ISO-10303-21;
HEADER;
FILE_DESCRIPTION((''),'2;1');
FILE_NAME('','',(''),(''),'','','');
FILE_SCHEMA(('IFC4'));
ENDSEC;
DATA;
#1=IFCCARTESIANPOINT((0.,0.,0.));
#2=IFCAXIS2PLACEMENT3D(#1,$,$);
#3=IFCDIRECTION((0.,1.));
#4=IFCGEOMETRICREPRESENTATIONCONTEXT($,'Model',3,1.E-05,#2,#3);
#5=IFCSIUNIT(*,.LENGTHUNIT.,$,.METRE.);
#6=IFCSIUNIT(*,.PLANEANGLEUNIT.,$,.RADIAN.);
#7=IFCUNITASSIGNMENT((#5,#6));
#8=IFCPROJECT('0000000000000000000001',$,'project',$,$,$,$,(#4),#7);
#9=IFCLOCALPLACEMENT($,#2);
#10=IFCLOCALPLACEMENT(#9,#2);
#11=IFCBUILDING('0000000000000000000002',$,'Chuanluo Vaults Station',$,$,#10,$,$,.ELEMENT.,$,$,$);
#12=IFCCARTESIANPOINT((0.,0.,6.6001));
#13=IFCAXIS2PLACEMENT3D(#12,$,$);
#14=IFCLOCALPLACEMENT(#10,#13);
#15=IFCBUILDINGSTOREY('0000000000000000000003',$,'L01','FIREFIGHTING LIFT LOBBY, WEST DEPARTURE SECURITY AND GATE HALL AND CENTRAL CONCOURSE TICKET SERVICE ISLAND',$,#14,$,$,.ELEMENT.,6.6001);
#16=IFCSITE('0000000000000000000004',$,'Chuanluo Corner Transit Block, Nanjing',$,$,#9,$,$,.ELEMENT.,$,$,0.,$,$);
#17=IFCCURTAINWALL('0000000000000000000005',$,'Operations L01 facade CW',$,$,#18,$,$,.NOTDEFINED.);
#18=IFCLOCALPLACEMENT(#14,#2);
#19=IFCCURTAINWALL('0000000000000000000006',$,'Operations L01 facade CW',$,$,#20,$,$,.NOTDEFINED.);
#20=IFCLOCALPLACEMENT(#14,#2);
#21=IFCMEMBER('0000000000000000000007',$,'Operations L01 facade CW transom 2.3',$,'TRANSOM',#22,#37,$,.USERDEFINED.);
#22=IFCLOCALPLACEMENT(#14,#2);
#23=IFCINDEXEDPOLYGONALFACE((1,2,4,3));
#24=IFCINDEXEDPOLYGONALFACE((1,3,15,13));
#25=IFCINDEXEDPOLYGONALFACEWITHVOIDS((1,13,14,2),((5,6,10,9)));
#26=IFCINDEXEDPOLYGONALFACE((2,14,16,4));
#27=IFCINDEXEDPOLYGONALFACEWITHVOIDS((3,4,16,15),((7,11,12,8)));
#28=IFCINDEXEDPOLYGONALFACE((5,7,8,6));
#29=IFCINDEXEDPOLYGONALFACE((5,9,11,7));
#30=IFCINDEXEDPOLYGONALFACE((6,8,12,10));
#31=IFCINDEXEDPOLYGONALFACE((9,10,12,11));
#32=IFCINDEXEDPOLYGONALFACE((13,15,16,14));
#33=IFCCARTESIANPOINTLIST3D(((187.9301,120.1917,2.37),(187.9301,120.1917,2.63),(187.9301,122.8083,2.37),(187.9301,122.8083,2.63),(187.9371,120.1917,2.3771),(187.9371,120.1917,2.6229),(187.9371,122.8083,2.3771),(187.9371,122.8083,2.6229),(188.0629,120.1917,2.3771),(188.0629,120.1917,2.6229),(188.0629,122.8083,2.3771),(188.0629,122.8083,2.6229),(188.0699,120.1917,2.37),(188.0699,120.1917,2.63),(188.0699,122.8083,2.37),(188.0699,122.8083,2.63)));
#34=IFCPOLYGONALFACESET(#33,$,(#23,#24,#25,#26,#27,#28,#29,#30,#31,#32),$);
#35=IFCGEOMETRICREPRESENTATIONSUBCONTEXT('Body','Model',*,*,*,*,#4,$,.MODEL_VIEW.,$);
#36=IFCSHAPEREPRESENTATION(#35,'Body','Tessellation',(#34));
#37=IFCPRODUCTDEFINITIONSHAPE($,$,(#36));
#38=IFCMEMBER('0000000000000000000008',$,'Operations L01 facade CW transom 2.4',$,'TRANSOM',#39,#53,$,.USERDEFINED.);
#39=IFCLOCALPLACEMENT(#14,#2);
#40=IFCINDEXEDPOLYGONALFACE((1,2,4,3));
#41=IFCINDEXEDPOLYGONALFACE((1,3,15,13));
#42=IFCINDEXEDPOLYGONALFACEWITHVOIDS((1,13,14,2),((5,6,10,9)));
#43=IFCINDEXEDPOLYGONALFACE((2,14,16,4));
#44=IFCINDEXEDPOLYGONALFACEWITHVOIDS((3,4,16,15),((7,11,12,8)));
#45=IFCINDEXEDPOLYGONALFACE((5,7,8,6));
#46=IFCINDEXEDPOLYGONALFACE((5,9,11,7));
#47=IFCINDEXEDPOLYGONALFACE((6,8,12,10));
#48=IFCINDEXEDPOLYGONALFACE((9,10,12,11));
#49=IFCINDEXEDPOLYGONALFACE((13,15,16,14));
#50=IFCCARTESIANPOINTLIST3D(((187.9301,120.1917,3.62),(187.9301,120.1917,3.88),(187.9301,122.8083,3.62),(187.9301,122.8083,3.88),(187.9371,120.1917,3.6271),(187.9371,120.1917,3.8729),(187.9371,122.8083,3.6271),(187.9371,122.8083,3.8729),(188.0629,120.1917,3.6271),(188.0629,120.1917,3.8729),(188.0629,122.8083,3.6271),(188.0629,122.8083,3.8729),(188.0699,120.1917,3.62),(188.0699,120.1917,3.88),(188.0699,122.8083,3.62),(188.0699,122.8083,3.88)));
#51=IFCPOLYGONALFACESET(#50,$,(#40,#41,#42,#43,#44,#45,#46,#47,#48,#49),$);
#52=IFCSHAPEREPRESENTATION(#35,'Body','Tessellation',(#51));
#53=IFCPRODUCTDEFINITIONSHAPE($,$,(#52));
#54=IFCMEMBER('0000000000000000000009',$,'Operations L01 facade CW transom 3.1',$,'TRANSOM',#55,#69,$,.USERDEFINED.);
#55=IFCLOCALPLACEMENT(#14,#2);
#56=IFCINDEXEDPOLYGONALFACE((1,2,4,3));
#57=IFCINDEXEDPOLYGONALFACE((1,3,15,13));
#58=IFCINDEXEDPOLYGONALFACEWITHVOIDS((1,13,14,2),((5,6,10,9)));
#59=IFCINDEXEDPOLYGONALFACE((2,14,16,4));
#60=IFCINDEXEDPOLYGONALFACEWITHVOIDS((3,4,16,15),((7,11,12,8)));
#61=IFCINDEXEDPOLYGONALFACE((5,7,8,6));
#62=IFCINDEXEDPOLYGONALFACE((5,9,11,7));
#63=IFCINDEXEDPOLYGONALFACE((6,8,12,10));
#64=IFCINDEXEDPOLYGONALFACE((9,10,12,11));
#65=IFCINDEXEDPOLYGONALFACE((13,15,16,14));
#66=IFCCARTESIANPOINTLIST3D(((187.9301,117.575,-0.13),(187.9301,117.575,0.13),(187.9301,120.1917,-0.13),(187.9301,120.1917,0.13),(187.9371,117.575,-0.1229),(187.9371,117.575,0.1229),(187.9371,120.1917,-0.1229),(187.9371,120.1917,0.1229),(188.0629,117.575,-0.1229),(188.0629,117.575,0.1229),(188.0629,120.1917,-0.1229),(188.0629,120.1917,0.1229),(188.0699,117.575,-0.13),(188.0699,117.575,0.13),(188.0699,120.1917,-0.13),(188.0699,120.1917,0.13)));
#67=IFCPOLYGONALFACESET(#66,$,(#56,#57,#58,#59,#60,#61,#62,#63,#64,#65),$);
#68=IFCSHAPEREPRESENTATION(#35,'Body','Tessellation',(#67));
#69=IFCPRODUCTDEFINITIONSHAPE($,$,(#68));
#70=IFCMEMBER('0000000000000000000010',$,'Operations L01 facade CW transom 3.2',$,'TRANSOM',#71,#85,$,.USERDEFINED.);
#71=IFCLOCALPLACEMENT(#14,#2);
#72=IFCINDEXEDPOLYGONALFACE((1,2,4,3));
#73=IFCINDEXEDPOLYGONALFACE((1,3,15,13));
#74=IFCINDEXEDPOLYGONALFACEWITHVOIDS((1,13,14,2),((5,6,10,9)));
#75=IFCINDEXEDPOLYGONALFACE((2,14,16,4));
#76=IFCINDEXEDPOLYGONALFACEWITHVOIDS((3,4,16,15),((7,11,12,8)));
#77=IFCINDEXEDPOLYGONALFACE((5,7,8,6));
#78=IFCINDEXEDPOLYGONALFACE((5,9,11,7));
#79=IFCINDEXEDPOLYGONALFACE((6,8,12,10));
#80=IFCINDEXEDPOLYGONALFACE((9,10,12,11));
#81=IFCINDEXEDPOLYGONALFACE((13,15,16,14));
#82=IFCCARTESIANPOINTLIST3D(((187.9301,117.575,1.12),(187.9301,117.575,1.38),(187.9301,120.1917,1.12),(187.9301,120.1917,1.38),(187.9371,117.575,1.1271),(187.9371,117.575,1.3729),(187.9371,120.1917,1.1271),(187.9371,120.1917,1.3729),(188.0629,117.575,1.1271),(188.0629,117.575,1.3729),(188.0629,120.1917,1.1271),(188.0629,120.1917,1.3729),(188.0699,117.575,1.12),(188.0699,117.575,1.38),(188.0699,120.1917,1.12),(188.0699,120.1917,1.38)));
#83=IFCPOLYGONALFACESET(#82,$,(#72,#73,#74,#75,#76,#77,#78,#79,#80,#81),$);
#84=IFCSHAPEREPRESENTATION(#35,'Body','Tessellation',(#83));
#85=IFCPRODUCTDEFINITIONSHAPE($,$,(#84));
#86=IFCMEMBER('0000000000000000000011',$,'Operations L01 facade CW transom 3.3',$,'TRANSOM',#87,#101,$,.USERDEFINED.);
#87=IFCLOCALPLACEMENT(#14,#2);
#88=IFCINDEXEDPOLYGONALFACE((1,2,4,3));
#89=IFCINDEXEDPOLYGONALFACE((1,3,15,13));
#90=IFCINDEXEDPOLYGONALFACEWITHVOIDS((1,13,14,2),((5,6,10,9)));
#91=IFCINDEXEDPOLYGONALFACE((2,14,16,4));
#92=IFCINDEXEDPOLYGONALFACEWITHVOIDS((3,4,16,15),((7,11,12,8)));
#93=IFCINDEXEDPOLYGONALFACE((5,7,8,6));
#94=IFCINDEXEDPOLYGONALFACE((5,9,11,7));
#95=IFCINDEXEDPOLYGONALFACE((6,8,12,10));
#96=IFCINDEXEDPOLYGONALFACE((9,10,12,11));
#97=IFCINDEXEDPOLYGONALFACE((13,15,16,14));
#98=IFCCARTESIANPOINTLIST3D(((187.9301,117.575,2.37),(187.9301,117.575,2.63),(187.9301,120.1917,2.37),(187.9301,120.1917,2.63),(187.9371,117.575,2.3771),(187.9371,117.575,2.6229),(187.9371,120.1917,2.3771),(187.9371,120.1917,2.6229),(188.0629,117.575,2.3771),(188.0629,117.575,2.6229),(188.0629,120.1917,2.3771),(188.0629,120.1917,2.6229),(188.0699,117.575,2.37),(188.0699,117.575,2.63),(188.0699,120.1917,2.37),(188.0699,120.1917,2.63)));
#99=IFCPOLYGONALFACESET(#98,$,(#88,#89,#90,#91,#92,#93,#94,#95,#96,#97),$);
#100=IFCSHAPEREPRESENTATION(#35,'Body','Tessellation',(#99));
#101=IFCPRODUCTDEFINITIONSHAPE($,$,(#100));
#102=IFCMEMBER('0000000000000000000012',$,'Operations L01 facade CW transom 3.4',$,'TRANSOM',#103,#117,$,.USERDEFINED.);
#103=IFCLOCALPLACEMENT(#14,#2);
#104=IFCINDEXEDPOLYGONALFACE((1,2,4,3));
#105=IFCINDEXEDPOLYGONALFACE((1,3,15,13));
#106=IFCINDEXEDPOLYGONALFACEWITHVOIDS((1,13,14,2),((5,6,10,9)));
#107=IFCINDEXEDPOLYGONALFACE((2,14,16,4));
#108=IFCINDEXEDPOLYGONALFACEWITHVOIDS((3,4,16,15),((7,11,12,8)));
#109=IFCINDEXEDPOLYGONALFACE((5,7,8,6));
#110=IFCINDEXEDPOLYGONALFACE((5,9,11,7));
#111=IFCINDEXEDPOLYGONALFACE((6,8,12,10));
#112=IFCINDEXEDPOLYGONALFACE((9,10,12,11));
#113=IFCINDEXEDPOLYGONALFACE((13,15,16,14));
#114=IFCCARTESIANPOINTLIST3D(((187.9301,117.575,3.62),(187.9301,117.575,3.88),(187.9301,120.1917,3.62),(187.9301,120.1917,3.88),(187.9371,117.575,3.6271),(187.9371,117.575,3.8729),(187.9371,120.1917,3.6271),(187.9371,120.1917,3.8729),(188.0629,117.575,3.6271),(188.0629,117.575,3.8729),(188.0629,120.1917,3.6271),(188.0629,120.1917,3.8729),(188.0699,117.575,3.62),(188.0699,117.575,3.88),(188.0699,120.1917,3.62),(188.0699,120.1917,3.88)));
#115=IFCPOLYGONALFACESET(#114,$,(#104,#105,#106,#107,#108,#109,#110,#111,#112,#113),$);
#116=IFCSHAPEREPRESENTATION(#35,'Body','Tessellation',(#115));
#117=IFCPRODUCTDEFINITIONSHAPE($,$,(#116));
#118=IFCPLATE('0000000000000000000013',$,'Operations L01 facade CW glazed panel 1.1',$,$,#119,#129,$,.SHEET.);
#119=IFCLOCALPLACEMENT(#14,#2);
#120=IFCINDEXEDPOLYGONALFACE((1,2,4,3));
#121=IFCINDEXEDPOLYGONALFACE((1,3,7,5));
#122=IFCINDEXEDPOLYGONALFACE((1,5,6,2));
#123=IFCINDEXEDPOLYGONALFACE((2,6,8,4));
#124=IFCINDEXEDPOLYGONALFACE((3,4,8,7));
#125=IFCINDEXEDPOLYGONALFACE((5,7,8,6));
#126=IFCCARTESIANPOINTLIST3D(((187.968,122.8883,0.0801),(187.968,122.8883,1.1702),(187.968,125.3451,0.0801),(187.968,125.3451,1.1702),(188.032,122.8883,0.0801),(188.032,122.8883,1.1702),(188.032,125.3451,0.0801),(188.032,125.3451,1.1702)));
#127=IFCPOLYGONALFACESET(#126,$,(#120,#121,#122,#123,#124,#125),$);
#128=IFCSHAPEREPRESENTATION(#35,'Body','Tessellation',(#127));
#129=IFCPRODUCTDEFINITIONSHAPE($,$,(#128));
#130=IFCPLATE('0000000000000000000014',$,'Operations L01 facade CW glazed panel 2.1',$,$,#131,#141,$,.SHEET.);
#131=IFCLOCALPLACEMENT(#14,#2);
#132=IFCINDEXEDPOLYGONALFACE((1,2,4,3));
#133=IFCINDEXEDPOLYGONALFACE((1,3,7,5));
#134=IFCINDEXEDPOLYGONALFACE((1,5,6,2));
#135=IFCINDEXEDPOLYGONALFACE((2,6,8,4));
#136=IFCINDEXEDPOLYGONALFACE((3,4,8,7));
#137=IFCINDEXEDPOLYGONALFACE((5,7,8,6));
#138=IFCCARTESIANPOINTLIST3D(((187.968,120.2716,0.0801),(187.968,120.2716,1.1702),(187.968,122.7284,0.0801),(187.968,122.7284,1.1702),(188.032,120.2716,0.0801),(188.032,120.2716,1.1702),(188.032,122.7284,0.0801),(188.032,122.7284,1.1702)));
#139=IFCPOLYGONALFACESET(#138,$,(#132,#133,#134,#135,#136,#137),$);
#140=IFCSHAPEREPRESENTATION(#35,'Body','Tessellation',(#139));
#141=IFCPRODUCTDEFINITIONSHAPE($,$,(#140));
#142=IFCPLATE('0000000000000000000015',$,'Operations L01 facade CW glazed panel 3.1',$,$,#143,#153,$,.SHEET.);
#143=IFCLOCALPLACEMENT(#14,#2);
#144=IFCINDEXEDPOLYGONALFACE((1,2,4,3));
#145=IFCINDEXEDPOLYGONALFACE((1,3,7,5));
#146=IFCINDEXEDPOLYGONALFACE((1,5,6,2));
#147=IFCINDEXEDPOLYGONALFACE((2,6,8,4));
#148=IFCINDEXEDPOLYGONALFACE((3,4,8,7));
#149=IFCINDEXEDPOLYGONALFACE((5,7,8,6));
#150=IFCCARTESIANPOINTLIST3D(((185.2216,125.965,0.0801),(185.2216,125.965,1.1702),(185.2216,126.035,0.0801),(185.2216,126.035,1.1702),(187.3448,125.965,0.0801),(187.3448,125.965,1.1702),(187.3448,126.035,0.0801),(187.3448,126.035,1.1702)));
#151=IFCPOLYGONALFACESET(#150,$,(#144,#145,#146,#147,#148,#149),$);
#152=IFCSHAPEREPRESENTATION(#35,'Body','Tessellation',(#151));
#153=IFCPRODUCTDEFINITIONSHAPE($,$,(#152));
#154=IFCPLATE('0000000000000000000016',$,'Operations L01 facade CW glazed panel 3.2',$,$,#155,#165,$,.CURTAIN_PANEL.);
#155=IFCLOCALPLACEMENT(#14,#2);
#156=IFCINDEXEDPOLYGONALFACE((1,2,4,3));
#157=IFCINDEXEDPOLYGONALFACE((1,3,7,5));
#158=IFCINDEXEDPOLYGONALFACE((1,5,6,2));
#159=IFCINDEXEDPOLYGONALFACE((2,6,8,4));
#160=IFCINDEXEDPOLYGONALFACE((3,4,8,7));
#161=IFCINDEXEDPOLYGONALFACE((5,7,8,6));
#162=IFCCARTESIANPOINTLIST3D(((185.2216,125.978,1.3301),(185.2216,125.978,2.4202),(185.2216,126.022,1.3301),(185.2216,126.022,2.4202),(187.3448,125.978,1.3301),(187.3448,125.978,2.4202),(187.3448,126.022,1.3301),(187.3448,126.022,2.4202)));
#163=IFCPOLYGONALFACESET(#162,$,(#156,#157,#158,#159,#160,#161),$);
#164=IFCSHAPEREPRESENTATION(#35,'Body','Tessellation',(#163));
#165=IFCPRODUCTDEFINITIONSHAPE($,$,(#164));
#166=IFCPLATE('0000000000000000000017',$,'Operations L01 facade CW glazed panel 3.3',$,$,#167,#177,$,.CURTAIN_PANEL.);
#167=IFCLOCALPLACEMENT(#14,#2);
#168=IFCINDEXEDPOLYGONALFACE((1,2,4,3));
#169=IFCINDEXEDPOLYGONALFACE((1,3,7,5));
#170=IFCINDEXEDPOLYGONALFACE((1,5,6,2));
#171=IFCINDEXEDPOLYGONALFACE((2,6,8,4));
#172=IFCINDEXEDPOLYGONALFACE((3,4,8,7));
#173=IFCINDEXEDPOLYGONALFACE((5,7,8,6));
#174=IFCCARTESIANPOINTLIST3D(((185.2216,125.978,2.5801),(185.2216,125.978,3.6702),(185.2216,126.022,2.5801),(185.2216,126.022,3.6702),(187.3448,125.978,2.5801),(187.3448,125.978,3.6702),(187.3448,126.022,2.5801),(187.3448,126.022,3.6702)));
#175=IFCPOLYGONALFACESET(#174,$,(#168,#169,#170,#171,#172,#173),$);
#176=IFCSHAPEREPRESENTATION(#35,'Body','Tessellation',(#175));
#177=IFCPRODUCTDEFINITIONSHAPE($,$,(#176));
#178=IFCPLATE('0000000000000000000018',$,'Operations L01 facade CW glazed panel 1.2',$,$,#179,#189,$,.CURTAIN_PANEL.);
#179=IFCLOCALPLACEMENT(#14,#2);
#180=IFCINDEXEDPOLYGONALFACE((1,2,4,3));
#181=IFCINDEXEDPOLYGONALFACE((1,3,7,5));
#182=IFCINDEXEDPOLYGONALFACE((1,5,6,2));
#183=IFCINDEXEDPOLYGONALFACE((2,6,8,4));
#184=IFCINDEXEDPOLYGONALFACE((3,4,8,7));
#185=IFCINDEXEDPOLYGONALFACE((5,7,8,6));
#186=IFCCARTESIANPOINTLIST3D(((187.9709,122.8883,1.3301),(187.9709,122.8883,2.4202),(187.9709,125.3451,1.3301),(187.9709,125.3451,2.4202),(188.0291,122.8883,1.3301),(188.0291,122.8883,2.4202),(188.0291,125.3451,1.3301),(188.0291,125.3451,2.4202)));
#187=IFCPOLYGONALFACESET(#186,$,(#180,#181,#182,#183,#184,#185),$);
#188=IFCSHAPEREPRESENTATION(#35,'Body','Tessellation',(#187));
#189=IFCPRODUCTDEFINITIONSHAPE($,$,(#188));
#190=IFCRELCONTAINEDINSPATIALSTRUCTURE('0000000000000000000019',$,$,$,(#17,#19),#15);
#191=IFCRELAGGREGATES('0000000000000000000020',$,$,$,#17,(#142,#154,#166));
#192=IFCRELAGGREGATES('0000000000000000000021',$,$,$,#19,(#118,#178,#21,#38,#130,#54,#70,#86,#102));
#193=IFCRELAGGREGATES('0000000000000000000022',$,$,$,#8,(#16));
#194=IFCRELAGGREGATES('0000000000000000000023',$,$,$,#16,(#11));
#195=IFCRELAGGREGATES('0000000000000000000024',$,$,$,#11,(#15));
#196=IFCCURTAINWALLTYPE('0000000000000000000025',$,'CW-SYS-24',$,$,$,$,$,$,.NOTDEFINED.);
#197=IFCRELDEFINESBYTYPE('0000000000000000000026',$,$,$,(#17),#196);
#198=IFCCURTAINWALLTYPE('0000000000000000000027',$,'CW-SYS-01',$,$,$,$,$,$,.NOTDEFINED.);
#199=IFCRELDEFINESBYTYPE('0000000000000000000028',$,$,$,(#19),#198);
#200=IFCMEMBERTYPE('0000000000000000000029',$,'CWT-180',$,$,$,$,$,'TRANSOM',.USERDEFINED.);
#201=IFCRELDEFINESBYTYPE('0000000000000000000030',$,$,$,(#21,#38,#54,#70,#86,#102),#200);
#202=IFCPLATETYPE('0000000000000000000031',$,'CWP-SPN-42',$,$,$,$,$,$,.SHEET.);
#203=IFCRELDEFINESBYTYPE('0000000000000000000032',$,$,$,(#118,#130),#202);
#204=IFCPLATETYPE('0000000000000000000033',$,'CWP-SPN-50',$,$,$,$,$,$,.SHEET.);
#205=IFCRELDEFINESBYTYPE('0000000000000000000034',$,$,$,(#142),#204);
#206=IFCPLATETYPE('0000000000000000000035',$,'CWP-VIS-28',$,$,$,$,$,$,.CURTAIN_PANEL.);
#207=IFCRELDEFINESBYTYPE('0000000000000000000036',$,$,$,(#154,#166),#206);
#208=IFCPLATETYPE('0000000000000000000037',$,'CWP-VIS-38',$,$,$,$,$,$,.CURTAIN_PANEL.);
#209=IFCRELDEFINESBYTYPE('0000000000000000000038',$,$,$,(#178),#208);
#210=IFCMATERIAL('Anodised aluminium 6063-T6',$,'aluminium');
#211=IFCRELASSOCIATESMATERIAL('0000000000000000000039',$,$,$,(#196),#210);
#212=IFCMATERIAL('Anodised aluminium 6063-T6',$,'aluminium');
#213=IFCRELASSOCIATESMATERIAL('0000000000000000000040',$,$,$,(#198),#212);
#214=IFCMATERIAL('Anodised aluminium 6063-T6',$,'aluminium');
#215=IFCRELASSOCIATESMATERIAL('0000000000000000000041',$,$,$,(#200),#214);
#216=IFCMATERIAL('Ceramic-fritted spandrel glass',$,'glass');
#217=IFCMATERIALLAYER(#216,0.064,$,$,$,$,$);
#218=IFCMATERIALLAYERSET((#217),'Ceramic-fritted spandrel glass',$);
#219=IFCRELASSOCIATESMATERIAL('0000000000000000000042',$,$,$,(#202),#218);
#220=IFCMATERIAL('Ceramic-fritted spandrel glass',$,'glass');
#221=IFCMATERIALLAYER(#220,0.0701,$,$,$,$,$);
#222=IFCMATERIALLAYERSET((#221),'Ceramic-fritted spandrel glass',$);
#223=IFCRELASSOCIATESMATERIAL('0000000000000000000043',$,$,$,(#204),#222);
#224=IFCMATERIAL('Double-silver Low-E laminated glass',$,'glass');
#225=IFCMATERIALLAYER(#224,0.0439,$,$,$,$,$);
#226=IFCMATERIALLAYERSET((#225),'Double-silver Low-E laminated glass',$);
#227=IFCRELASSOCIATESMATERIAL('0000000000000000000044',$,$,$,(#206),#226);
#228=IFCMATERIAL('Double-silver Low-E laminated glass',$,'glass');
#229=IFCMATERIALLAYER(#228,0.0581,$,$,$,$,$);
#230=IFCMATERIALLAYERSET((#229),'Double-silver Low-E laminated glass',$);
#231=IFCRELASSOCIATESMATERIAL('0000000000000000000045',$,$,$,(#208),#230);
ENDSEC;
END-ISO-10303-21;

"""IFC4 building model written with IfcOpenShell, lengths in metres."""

from ifc_helpers import new_model, si_unit, direction, frame, origin, origin_2d, place, context, subcontext, project, spatial, rectangle, hollow_rectangle, extrude, material, layer, layer_set, material_profile, profile_set, type_object, element, aggregate, save


model = new_model("IFC4")

# Units and contexts
model_context = context("Model", 3, precision=1e-05, world=origin(), true_north=direction((0.0, 1.0)))
body_context = subcontext(model_context, "Body", "Model", "MODEL_VIEW")
ifc_project = project(units=[si_unit("LENGTHUNIT", "METRE"), si_unit("PLANEANGLEUNIT", "RADIAN")], contexts=[model_context])

# Site, building, storey
site_placement = place(None, origin())
site = spatial("IfcSite", under=ifc_project, at=site_placement, Name="Chuanluo Corner Transit Block, Nanjing", CompositionType="ELEMENT", RefElevation=0.0)
building_placement = place(site_placement, origin())
building = spatial("IfcBuilding", under=site, at=building_placement, Name="Chuanluo Vaults Station", CompositionType="ELEMENT")
storey_placement = place(building_placement, frame((0.0, 0.0, 6.6001)))
storey = spatial("IfcBuildingStorey", under=building, at=storey_placement, Name="L01", Description="FIREFIGHTING LIFT LOBBY, WEST DEPARTURE SECURITY AND GATE HALL AND CENTRAL CONCOURSE TICKET SERVICE ISLAND", CompositionType="ELEMENT", Elevation=6.6001)

# Curtain wall
ifc_material_1 = material(Name="Anodised aluminium 6063-T6", Category="aluminium")
curtain_wall_type_1 = type_object("IfcCurtainWallType", Name="CW-SYS-24", PredefinedType="NOTDEFINED", material=ifc_material_1)
curtain_wall_1_placement = place(storey_placement, origin())
curtain_wall_1 = element("IfcCurtainWall", 1, at=curtain_wall_1_placement, inside=storey, type_object=curtain_wall_type_1, Name="Operations L01 facade CW", PredefinedType="NOTDEFINED")

# Curtain wall, members, plates
ifc_material_2 = material(Name="Anodised aluminium 6063-T6", Category="aluminium")
curtain_wall_type_2 = type_object("IfcCurtainWallType", Name="CW-SYS-01", PredefinedType="NOTDEFINED", material=ifc_material_2)
curtain_wall_2_placement = place(storey_placement, origin())
curtain_wall_2 = element("IfcCurtainWall", 2, at=curtain_wall_2_placement, inside=storey, type_object=curtain_wall_type_2, Name="Operations L01 facade CW", PredefinedType="NOTDEFINED")
ifc_material_3 = material(Name="Anodised aluminium 6063-T6", Category="aluminium")
ifc_material_profile_1 = material_profile(ifc_material_3, hollow_rectangle(XDim=0.1399, YDim=0.26, WallThickness=0.0071, at=origin_2d()))
ifc_profile_set_1 = profile_set([ifc_material_profile_1], Name="Anodised aluminium 6063-T6")
member_type_1 = type_object("IfcMemberType", Name="CWT-180", ElementType="TRANSOM", PredefinedType="USERDEFINED", material=ifc_profile_set_1)
member_1_placement = place(storey_placement, frame((188.0, 122.8083, 2.5), z_axis=(0.0, -1.0, 0.0), x_axis=(1.0, 0.0, 0.0)))
member_1 = element("IfcMember", 3, at=member_1_placement, type_object=member_type_1, Name="Operations L01 facade CW transom 2.3", ObjectType="TRANSOM", PredefinedType="USERDEFINED", context=body_context, shape_type="SweptSolid", body=[
    extrude(hollow_rectangle(XDim=0.1399, YDim=0.26, WallThickness=0.0071, at=origin_2d()), origin(), (0.0, 0.0, 1.0), 2.6167),
])
member_2_placement = place(storey_placement, frame((188.0, 122.8083, 3.75), z_axis=(0.0, -1.0, 0.0), x_axis=(1.0, 0.0, 0.0)))
member_2 = element("IfcMember", 4, at=member_2_placement, type_object=member_type_1, Name="Operations L01 facade CW transom 2.4", ObjectType="TRANSOM", PredefinedType="USERDEFINED", context=body_context, shape_type="SweptSolid", body=[
    extrude(hollow_rectangle(XDim=0.1399, YDim=0.26, WallThickness=0.0071, at=origin_2d()), origin(), (0.0, 0.0, 1.0), 2.6167),
])
member_3_placement = place(storey_placement, frame((188.0, 120.1917, 0.0), z_axis=(0.0, -1.0, 0.0), x_axis=(1.0, 0.0, 0.0)))
member_3 = element("IfcMember", 5, at=member_3_placement, type_object=member_type_1, Name="Operations L01 facade CW transom 3.1", ObjectType="TRANSOM", PredefinedType="USERDEFINED", context=body_context, shape_type="SweptSolid", body=[
    extrude(hollow_rectangle(XDim=0.1399, YDim=0.26, WallThickness=0.0071, at=origin_2d()), origin(), (0.0, 0.0, 1.0), 2.6167),
])
member_4_placement = place(storey_placement, frame((188.0, 120.1917, 1.25), z_axis=(0.0, -1.0, 0.0), x_axis=(1.0, 0.0, 0.0)))
member_4 = element("IfcMember", 6, at=member_4_placement, type_object=member_type_1, Name="Operations L01 facade CW transom 3.2", ObjectType="TRANSOM", PredefinedType="USERDEFINED", context=body_context, shape_type="SweptSolid", body=[
    extrude(hollow_rectangle(XDim=0.1399, YDim=0.26, WallThickness=0.0071, at=origin_2d()), origin(), (0.0, 0.0, 1.0), 2.6167),
])
member_5_placement = place(storey_placement, frame((188.0, 120.1917, 2.5), z_axis=(0.0, -1.0, 0.0), x_axis=(1.0, 0.0, 0.0)))
member_5 = element("IfcMember", 7, at=member_5_placement, type_object=member_type_1, Name="Operations L01 facade CW transom 3.3", ObjectType="TRANSOM", PredefinedType="USERDEFINED", context=body_context, shape_type="SweptSolid", body=[
    extrude(hollow_rectangle(XDim=0.1399, YDim=0.26, WallThickness=0.0071, at=origin_2d()), origin(), (0.0, 0.0, 1.0), 2.6167),
])
member_6_placement = place(storey_placement, frame((188.0, 120.1917, 3.75), z_axis=(0.0, -1.0, 0.0), x_axis=(1.0, 0.0, 0.0)))
member_6 = element("IfcMember", 8, at=member_6_placement, type_object=member_type_1, Name="Operations L01 facade CW transom 3.4", ObjectType="TRANSOM", PredefinedType="USERDEFINED", context=body_context, shape_type="SweptSolid", body=[
    extrude(hollow_rectangle(XDim=0.1399, YDim=0.26, WallThickness=0.0071, at=origin_2d()), origin(), (0.0, 0.0, 1.0), 2.6167),
])
ifc_material_4 = material(Name="Ceramic-fritted spandrel glass", Category="glass")
ifc_layer_1 = layer(ifc_material_4, 0.064)
ifc_layer_set_1 = layer_set([ifc_layer_1], Name="Ceramic-fritted spandrel glass")
plate_type_1 = type_object("IfcPlateType", Name="CWP-SPN-42", PredefinedType="SHEET", material=ifc_layer_set_1)
plate_1_placement = place(storey_placement, frame((188.0, 124.1167, 0.0801), z_axis=(0.0, 0.0, 1.0), x_axis=(0.0, -1.0, 0.0)))
plate_1 = element("IfcPlate", 9, at=plate_1_placement, type_object=plate_type_1, Name="Operations L01 facade CW glazed panel 1.1", PredefinedType="SHEET", context=body_context, shape_type="SweptSolid", body=[
    extrude(rectangle(XDim=2.4568, YDim=0.064, at=origin_2d()), origin(), (0.0, 0.0, 1.0), 1.0901),
])
plate_2_placement = place(storey_placement, frame((188.0, 121.5, 0.0801), z_axis=(0.0, 0.0, 1.0), x_axis=(0.0, -1.0, 0.0)))
plate_2 = element("IfcPlate", 10, at=plate_2_placement, type_object=plate_type_1, Name="Operations L01 facade CW glazed panel 2.1", PredefinedType="SHEET", context=body_context, shape_type="SweptSolid", body=[
    extrude(rectangle(XDim=2.4568, YDim=0.064, at=origin_2d()), origin(), (0.0, 0.0, 1.0), 1.0901),
])

# Plates
ifc_material_5 = material(Name="Ceramic-fritted spandrel glass", Category="glass")
ifc_layer_2 = layer(ifc_material_5, 0.0701)
ifc_layer_set_2 = layer_set([ifc_layer_2], Name="Ceramic-fritted spandrel glass")
plate_type_2 = type_object("IfcPlateType", Name="CWP-SPN-50", PredefinedType="SHEET", material=ifc_layer_set_2)
plate_3_placement = place(storey_placement, frame((186.2832, 126.0, 0.0801), z_axis=(0.0, 0.0, 1.0), x_axis=(1.0, 0.0, 0.0)))
plate_3 = element("IfcPlate", 11, at=plate_3_placement, type_object=plate_type_2, Name="Operations L01 facade CW glazed panel 3.1", PredefinedType="SHEET", context=body_context, shape_type="SweptSolid", body=[
    extrude(rectangle(XDim=2.1233, YDim=0.0701, at=origin_2d()), origin(), (0.0, 0.0, 1.0), 1.0901),
])
ifc_material_6 = material(Name="Double-silver Low-E laminated glass", Category="glass")
ifc_layer_3 = layer(ifc_material_6, 0.0439)
ifc_layer_set_3 = layer_set([ifc_layer_3], Name="Double-silver Low-E laminated glass")
plate_type_3 = type_object("IfcPlateType", Name="CWP-VIS-28", PredefinedType="CURTAIN_PANEL", material=ifc_layer_set_3)
plate_4_placement = place(storey_placement, frame((186.2832, 126.0, 1.3301), z_axis=(0.0, 0.0, 1.0), x_axis=(1.0, 0.0, 0.0)))
plate_4 = element("IfcPlate", 12, at=plate_4_placement, type_object=plate_type_3, Name="Operations L01 facade CW glazed panel 3.2", PredefinedType="CURTAIN_PANEL", context=body_context, shape_type="SweptSolid", body=[
    extrude(rectangle(XDim=2.1233, YDim=0.0439, at=origin_2d()), origin(), (0.0, 0.0, 1.0), 1.0901),
])
plate_5_placement = place(storey_placement, frame((186.2832, 126.0, 2.5801), z_axis=(0.0, 0.0, 1.0), x_axis=(1.0, 0.0, 0.0)))
plate_5 = element("IfcPlate", 13, at=plate_5_placement, type_object=plate_type_3, Name="Operations L01 facade CW glazed panel 3.3", PredefinedType="CURTAIN_PANEL", context=body_context, shape_type="SweptSolid", body=[
    extrude(rectangle(XDim=2.1233, YDim=0.0439, at=origin_2d()), origin(), (0.0, 0.0, 1.0), 1.0901),
])
aggregate(curtain_wall_1, [plate_3, plate_4, plate_5])
ifc_material_7 = material(Name="Double-silver Low-E laminated glass", Category="glass")
ifc_layer_4 = layer(ifc_material_7, 0.0581)
ifc_layer_set_4 = layer_set([ifc_layer_4], Name="Double-silver Low-E laminated glass")
plate_type_4 = type_object("IfcPlateType", Name="CWP-VIS-38", PredefinedType="CURTAIN_PANEL", material=ifc_layer_set_4)
plate_6_placement = place(storey_placement, frame((188.0, 124.1167, 1.3301), z_axis=(0.0, 0.0, 1.0), x_axis=(0.0, -1.0, 0.0)))
plate_6 = element("IfcPlate", 14, at=plate_6_placement, type_object=plate_type_4, Name="Operations L01 facade CW glazed panel 1.2", PredefinedType="CURTAIN_PANEL", context=body_context, shape_type="SweptSolid", body=[
    extrude(rectangle(XDim=2.4568, YDim=0.0581, at=origin_2d()), origin(), (0.0, 0.0, 1.0), 1.0901),
])
aggregate(curtain_wall_2, [plate_1, plate_6, member_1, member_2, plate_2, member_3, member_4, member_5, member_6])

save(model, "model.ifc")
